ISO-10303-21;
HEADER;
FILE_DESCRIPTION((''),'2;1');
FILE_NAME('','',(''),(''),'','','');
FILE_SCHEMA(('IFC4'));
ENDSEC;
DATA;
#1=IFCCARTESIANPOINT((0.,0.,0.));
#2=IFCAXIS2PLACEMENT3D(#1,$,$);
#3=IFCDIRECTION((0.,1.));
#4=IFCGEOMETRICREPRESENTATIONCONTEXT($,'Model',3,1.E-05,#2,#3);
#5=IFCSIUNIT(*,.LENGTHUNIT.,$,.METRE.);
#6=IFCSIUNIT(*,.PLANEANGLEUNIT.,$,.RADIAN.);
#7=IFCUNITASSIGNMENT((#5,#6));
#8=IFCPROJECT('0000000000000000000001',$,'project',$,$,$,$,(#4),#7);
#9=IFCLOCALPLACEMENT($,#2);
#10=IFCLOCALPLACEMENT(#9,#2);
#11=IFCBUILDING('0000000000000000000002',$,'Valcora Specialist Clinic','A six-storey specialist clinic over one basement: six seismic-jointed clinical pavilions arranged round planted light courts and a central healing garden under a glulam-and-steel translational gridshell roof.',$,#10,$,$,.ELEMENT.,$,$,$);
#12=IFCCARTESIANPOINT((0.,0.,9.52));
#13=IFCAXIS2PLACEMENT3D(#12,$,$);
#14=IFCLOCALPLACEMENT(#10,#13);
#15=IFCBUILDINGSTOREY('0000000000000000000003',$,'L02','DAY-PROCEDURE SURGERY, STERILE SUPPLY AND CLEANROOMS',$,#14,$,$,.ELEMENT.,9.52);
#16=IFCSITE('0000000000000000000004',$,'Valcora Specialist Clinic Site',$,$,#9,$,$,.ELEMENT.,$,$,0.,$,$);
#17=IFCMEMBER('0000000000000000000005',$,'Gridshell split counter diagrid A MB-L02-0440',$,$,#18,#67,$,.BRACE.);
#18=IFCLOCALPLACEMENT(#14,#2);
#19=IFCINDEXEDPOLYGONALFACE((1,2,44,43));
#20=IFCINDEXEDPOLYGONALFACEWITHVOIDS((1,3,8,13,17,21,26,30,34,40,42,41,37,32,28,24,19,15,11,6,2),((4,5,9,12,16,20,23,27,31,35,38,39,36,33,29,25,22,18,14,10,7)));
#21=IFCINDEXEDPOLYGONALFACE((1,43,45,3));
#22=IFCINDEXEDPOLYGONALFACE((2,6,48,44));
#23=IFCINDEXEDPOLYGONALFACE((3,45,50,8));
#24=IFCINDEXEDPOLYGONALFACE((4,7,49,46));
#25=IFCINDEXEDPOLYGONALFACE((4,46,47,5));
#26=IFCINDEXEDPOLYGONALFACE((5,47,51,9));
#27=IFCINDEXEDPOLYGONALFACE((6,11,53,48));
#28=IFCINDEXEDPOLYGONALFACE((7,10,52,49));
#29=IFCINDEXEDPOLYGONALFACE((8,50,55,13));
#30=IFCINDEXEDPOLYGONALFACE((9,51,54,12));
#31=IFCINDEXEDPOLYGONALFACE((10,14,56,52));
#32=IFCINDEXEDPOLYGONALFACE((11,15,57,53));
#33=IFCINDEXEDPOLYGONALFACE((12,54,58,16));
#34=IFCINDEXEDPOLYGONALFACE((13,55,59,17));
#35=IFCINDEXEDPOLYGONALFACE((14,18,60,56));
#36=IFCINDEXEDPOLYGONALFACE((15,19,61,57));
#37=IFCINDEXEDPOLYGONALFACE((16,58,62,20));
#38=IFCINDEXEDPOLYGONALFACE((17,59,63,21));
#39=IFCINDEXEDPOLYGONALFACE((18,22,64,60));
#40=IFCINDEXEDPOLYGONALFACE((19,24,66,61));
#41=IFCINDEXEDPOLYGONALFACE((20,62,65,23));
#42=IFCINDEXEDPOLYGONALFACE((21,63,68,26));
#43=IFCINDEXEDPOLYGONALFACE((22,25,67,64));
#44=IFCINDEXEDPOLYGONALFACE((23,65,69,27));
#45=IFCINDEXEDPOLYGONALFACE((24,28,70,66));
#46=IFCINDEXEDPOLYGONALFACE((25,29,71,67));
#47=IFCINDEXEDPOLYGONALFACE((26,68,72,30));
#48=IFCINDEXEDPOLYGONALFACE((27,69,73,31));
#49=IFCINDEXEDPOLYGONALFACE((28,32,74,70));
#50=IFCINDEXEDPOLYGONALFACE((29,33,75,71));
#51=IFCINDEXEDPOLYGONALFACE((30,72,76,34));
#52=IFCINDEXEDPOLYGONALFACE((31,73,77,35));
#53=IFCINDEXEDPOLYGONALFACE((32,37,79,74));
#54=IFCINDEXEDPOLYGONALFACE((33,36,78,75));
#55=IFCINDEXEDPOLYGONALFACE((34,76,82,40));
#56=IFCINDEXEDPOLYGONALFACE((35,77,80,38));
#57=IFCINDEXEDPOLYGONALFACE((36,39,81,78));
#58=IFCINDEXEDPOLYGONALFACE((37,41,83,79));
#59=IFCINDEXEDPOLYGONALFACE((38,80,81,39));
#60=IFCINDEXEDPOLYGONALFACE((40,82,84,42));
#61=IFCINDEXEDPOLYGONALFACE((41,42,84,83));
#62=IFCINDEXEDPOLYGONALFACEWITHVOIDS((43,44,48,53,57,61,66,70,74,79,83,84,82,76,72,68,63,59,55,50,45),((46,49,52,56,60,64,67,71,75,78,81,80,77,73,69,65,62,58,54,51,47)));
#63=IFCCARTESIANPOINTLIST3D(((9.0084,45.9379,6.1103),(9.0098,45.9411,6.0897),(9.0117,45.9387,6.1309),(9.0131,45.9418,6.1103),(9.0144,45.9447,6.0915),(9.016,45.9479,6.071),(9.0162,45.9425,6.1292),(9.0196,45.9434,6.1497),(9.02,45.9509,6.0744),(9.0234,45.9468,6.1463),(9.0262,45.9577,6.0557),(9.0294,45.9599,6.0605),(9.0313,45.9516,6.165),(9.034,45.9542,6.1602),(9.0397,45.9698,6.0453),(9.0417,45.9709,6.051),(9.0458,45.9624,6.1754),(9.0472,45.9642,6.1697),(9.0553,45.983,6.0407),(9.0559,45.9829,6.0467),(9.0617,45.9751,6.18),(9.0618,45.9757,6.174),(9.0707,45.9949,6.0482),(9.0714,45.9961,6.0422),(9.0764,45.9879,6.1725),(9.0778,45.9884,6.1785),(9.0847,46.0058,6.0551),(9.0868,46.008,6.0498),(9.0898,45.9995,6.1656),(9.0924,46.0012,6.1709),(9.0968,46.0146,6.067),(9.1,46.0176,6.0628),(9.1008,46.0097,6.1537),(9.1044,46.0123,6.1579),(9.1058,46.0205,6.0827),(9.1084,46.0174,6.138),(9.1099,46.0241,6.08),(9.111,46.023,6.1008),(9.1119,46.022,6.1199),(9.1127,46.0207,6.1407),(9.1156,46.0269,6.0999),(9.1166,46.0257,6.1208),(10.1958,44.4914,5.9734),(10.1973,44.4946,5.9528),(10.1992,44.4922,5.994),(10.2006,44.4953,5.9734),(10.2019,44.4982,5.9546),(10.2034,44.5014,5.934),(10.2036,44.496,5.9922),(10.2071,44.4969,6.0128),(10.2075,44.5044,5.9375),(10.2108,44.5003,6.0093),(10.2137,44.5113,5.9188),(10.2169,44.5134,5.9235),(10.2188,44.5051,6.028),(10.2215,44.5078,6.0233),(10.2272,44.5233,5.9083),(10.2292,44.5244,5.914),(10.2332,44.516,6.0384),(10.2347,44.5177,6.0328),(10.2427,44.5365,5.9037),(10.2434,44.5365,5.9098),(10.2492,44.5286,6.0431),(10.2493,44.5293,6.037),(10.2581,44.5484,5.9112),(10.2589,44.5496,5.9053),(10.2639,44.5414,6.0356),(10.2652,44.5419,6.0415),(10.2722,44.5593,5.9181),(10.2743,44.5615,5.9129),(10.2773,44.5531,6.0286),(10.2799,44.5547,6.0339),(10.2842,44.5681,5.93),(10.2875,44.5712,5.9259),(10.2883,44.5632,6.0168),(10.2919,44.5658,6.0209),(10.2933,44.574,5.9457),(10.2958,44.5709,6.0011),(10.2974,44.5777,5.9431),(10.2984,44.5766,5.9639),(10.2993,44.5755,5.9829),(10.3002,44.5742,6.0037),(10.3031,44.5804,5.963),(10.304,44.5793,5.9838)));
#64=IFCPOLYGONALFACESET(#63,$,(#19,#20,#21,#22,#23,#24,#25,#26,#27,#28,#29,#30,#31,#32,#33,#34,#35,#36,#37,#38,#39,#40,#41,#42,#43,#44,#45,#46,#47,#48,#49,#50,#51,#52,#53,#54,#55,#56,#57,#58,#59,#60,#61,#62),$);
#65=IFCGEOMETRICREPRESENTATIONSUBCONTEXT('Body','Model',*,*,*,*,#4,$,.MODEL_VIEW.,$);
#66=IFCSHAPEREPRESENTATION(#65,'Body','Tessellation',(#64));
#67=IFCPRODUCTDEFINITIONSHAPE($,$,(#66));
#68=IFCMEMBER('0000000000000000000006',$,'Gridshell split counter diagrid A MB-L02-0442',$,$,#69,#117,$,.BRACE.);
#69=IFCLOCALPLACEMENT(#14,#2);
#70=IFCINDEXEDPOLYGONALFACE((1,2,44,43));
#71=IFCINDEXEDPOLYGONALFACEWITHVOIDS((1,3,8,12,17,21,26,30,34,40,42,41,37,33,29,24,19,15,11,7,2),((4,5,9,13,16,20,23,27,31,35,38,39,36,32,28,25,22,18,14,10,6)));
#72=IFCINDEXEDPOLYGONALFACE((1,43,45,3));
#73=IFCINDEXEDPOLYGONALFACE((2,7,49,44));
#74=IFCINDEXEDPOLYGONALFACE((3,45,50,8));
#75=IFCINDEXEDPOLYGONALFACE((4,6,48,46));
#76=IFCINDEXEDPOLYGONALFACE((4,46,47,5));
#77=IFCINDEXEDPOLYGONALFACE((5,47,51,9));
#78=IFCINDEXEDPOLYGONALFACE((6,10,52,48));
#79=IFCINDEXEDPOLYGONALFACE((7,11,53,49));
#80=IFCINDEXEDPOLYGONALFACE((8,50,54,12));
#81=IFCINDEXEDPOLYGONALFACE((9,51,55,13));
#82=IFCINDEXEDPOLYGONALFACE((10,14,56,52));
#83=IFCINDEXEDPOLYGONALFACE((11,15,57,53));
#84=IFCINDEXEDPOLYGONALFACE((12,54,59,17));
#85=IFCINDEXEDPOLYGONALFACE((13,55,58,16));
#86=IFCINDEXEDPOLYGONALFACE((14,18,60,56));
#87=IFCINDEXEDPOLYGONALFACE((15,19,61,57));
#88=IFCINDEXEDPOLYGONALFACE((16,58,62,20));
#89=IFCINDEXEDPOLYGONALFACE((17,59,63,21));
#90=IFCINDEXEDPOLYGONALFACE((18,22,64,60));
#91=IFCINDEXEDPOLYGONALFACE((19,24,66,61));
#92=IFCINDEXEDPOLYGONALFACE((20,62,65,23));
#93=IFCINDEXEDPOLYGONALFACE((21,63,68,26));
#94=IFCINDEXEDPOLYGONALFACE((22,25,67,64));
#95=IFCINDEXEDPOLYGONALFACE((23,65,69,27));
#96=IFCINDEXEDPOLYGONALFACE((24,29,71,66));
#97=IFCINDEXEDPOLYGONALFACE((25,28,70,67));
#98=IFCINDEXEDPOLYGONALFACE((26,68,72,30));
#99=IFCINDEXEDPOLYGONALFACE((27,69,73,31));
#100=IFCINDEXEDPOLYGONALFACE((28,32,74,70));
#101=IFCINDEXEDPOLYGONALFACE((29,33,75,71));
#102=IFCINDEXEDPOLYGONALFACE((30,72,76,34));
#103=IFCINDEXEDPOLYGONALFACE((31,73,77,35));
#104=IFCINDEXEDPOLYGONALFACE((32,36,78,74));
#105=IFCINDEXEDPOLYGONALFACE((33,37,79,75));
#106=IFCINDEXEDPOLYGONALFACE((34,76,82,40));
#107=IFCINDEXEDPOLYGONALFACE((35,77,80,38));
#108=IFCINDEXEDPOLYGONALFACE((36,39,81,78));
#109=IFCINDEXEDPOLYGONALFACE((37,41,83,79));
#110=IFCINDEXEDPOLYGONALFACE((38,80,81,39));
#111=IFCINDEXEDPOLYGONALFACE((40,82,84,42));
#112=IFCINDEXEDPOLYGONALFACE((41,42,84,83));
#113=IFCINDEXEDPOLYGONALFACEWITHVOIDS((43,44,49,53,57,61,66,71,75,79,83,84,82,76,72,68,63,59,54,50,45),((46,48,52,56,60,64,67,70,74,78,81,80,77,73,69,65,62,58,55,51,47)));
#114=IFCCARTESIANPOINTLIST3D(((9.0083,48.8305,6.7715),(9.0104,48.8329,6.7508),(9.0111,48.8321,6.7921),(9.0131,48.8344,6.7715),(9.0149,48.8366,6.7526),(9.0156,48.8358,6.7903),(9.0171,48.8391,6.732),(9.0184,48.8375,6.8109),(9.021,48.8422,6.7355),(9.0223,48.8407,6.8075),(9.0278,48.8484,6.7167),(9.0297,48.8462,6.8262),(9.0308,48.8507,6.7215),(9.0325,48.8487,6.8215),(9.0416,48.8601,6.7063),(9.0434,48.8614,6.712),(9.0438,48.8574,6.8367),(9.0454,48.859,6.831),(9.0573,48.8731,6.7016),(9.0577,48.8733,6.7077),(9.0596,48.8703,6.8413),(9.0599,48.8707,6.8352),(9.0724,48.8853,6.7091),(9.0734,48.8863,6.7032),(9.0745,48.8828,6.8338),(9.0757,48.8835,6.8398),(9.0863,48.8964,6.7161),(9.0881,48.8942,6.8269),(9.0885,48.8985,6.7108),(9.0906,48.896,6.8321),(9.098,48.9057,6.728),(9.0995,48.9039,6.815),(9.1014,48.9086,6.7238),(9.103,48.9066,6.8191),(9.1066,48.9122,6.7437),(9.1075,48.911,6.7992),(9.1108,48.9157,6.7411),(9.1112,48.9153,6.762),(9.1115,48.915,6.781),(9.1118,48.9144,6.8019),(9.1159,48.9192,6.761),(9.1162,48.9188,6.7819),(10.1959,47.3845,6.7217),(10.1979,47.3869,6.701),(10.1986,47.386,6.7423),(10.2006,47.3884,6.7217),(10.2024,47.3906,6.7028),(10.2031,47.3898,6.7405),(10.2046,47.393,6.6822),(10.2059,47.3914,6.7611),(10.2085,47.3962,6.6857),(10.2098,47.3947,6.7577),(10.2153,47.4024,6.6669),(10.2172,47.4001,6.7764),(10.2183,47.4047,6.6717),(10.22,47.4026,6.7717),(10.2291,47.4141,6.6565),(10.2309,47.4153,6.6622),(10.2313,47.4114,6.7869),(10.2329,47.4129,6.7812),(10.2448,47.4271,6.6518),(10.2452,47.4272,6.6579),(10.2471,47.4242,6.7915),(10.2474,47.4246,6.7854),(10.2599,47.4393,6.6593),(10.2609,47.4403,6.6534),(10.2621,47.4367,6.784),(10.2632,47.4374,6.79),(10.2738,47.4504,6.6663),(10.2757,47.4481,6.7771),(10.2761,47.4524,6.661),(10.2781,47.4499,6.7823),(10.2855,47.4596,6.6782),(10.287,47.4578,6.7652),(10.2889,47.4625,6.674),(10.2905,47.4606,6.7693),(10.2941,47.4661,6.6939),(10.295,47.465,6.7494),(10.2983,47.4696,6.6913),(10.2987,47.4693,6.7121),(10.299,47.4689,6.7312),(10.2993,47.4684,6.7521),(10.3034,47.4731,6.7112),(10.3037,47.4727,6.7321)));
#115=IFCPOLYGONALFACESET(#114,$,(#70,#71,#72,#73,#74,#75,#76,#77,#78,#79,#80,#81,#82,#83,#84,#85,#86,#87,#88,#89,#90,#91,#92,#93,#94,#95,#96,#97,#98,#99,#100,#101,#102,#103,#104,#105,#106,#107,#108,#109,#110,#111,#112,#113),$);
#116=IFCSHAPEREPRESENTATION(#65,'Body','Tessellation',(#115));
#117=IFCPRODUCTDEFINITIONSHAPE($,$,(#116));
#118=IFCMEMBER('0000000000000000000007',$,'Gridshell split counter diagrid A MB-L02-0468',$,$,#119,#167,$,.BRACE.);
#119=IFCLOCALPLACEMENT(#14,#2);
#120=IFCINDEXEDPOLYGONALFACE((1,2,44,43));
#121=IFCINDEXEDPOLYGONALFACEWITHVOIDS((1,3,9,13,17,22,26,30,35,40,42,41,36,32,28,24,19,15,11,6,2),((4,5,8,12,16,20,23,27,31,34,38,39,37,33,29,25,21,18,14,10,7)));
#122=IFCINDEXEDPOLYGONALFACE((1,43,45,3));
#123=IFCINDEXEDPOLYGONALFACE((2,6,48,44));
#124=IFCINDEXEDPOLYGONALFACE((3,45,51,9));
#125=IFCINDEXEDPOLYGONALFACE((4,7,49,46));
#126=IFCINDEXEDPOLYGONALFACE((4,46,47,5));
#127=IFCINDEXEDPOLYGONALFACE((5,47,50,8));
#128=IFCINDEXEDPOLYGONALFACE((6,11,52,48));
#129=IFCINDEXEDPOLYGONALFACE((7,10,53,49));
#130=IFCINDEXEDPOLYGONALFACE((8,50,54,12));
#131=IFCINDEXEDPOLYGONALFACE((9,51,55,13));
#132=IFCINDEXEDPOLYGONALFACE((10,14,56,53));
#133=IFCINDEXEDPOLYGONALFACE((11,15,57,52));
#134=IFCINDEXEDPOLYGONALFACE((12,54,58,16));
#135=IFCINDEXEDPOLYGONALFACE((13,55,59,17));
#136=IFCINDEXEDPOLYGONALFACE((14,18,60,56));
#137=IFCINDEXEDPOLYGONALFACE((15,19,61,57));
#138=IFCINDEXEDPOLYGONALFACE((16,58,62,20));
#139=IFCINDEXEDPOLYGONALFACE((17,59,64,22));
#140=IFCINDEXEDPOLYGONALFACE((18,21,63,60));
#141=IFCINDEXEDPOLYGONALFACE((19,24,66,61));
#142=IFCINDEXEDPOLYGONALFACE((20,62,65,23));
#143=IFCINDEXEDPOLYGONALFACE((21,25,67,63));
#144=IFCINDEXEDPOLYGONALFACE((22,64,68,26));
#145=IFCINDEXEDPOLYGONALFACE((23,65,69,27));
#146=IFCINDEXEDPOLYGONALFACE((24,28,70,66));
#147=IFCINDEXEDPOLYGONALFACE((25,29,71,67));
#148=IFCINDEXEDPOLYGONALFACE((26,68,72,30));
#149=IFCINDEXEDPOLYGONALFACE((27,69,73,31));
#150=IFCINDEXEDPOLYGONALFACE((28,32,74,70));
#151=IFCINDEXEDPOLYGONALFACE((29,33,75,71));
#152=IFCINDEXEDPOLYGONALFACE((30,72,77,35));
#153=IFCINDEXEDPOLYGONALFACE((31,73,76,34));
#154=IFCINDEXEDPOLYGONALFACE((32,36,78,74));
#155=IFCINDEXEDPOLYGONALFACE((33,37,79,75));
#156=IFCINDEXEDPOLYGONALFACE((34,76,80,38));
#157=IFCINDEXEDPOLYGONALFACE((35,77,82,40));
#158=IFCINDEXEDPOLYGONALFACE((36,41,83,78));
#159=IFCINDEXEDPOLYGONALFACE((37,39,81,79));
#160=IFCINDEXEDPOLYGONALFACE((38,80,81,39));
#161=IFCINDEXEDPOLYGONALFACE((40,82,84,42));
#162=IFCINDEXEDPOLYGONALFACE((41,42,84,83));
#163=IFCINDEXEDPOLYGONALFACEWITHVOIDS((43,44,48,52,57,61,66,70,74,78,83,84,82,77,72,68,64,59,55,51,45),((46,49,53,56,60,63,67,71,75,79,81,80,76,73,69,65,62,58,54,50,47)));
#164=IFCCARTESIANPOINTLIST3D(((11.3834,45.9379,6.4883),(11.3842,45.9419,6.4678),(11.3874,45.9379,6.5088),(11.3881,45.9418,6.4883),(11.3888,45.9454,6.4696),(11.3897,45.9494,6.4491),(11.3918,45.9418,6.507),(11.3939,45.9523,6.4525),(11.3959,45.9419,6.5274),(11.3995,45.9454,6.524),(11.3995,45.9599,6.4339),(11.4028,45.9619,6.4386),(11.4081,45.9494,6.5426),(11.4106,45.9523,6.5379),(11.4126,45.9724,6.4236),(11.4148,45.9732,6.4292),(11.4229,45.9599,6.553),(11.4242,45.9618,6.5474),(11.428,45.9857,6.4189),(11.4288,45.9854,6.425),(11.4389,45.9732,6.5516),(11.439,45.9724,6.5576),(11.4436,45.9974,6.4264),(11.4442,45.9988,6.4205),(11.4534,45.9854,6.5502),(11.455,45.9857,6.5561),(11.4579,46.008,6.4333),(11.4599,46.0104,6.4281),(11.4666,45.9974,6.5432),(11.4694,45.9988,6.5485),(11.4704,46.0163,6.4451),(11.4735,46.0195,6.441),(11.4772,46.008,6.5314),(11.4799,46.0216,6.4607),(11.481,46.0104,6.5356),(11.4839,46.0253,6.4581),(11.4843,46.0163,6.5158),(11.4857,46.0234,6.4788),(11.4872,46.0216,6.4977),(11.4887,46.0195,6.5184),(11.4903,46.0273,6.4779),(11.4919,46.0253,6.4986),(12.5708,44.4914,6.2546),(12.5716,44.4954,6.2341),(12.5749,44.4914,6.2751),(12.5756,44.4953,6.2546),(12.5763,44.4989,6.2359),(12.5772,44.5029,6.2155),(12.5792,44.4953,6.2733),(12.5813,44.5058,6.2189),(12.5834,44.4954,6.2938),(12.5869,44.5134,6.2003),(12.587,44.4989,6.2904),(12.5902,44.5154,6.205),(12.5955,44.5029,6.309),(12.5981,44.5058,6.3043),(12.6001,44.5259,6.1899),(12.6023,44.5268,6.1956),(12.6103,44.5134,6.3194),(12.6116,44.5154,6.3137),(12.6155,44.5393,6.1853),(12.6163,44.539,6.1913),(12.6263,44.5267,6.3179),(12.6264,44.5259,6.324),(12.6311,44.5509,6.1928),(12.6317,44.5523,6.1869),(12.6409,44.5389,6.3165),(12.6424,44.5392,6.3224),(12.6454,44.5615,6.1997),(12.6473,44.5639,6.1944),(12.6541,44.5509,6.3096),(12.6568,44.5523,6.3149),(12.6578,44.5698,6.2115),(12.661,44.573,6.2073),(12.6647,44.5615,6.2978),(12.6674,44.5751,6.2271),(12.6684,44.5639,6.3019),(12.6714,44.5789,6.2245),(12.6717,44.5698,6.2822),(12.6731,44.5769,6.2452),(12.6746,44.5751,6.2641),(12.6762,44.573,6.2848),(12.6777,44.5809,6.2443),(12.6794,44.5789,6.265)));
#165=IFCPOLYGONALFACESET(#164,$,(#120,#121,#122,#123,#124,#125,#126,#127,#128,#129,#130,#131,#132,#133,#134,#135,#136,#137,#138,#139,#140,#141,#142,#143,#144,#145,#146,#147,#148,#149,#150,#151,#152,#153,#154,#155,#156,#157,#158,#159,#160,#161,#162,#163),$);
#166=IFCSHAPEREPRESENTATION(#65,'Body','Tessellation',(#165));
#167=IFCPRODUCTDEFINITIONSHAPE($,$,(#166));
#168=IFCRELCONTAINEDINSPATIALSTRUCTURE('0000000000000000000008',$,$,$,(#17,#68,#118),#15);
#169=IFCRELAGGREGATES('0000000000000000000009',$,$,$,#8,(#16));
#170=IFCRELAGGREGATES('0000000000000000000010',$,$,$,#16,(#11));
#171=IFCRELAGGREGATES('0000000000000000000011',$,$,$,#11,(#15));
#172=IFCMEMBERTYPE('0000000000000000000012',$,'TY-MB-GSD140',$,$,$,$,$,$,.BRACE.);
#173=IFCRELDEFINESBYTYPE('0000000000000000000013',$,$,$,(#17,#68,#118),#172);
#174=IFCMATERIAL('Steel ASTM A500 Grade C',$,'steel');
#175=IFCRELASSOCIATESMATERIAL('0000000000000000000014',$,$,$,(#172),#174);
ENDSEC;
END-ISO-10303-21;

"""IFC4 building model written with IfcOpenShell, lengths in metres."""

from ifc_helpers import new_model, si_unit, direction, frame, origin, origin_2d, place, context, subcontext, project, spatial, hollow_circle, extrude, material, material_profile, profile_set, type_object, element, save


model = new_model("IFC4")

# Units and contexts
model_context = context("Model", 3, precision=1e-05, world=origin(), true_north=direction((0.0, 1.0)))
body_context = subcontext(model_context, "Body", "Model", "MODEL_VIEW")
ifc_project = project(units=[si_unit("LENGTHUNIT", "METRE"), si_unit("PLANEANGLEUNIT", "RADIAN")], contexts=[model_context])

# Site, building, storey
site_placement = place(None, origin())
site = spatial("IfcSite", under=ifc_project, at=site_placement, Name="Valcora Specialist Clinic Site", CompositionType="ELEMENT", RefElevation=0.0)
building_placement = place(site_placement, origin())
building = spatial("IfcBuilding", under=site, at=building_placement, Name="Valcora Specialist Clinic", Description="A six-storey specialist clinic over one basement: six seismic-jointed clinical pavilions arranged round planted light courts and a central healing garden under a glulam-and-steel translational gridshell roof.", CompositionType="ELEMENT")
storey_placement = place(building_placement, frame((0.0, 0.0, 9.52)))
storey = spatial("IfcBuildingStorey", under=building, at=storey_placement, Name="L02", Description="DAY-PROCEDURE SURGERY, STERILE SUPPLY AND CLEANROOMS", CompositionType="ELEMENT", Elevation=9.52)

# Members
ifc_material_1 = material(Name="Steel ASTM A500 Grade C", Category="steel")
ifc_material_profile_1 = material_profile(ifc_material_1, hollow_circle(Radius=0.0701, WallThickness=0.0061, at=origin_2d()), Name="ST-CHS-140X6")
ifc_profile_set_1 = profile_set([ifc_material_profile_1], Name="Steel ASTM A500 Grade C")
member_type_1 = type_object("IfcMemberType", Name="TY-MB-GSD140", PredefinedType="BRACE", material=ifc_profile_set_1)
member_1_placement = place(storey_placement, frame((10.25, 44.5359, 5.9734), z_axis=(-0.632816, 0.770854, 0.072987), x_axis=(-0.772916, -0.634508, 0.0)))
element("IfcMember", 1, at=member_1_placement, inside=storey, type_object=member_type_1, Name="Gridshell split counter diagrid A MB-L02-0440", PredefinedType="BRACE", context=body_context, shape_type="SweptSolid", body=[
    extrude(hollow_circle(Radius=0.0701, WallThickness=0.0061, at=origin_2d()), origin(), (0.0, 0.0, 1.0), 1.8765),
])
member_2_placement = place(storey_placement, frame((10.25, 47.429, 6.7217), z_axis=(-0.634412, 0.772537, 0.026608), x_axis=(-0.772811, -0.634636, 0.0)))
element("IfcMember", 2, at=member_2_placement, inside=storey, type_object=member_type_1, Name="Gridshell split counter diagrid A MB-L02-0442", PredefinedType="BRACE", context=body_context, shape_type="SweptSolid", body=[
    extrude(hollow_circle(Radius=0.0701, WallThickness=0.0061, at=origin_2d()), origin(), (0.0, 0.0, 1.0), 1.8718),
])
member_3_placement = place(storey_placement, frame((12.625, 44.5359, 6.2546), z_axis=(-0.629621, 0.766962, 0.123879), x_axis=(-0.772916, -0.634508, 0.0)))
element("IfcMember", 3, at=member_3_placement, inside=storey, type_object=member_type_1, Name="Gridshell split counter diagrid A MB-L02-0468", PredefinedType="BRACE", context=body_context, shape_type="SweptSolid", body=[
    extrude(hollow_circle(Radius=0.0701, WallThickness=0.0061, at=origin_2d()), origin(), (0.0, 0.0, 1.0), 1.886),
])

save(model, "model.ifc")
